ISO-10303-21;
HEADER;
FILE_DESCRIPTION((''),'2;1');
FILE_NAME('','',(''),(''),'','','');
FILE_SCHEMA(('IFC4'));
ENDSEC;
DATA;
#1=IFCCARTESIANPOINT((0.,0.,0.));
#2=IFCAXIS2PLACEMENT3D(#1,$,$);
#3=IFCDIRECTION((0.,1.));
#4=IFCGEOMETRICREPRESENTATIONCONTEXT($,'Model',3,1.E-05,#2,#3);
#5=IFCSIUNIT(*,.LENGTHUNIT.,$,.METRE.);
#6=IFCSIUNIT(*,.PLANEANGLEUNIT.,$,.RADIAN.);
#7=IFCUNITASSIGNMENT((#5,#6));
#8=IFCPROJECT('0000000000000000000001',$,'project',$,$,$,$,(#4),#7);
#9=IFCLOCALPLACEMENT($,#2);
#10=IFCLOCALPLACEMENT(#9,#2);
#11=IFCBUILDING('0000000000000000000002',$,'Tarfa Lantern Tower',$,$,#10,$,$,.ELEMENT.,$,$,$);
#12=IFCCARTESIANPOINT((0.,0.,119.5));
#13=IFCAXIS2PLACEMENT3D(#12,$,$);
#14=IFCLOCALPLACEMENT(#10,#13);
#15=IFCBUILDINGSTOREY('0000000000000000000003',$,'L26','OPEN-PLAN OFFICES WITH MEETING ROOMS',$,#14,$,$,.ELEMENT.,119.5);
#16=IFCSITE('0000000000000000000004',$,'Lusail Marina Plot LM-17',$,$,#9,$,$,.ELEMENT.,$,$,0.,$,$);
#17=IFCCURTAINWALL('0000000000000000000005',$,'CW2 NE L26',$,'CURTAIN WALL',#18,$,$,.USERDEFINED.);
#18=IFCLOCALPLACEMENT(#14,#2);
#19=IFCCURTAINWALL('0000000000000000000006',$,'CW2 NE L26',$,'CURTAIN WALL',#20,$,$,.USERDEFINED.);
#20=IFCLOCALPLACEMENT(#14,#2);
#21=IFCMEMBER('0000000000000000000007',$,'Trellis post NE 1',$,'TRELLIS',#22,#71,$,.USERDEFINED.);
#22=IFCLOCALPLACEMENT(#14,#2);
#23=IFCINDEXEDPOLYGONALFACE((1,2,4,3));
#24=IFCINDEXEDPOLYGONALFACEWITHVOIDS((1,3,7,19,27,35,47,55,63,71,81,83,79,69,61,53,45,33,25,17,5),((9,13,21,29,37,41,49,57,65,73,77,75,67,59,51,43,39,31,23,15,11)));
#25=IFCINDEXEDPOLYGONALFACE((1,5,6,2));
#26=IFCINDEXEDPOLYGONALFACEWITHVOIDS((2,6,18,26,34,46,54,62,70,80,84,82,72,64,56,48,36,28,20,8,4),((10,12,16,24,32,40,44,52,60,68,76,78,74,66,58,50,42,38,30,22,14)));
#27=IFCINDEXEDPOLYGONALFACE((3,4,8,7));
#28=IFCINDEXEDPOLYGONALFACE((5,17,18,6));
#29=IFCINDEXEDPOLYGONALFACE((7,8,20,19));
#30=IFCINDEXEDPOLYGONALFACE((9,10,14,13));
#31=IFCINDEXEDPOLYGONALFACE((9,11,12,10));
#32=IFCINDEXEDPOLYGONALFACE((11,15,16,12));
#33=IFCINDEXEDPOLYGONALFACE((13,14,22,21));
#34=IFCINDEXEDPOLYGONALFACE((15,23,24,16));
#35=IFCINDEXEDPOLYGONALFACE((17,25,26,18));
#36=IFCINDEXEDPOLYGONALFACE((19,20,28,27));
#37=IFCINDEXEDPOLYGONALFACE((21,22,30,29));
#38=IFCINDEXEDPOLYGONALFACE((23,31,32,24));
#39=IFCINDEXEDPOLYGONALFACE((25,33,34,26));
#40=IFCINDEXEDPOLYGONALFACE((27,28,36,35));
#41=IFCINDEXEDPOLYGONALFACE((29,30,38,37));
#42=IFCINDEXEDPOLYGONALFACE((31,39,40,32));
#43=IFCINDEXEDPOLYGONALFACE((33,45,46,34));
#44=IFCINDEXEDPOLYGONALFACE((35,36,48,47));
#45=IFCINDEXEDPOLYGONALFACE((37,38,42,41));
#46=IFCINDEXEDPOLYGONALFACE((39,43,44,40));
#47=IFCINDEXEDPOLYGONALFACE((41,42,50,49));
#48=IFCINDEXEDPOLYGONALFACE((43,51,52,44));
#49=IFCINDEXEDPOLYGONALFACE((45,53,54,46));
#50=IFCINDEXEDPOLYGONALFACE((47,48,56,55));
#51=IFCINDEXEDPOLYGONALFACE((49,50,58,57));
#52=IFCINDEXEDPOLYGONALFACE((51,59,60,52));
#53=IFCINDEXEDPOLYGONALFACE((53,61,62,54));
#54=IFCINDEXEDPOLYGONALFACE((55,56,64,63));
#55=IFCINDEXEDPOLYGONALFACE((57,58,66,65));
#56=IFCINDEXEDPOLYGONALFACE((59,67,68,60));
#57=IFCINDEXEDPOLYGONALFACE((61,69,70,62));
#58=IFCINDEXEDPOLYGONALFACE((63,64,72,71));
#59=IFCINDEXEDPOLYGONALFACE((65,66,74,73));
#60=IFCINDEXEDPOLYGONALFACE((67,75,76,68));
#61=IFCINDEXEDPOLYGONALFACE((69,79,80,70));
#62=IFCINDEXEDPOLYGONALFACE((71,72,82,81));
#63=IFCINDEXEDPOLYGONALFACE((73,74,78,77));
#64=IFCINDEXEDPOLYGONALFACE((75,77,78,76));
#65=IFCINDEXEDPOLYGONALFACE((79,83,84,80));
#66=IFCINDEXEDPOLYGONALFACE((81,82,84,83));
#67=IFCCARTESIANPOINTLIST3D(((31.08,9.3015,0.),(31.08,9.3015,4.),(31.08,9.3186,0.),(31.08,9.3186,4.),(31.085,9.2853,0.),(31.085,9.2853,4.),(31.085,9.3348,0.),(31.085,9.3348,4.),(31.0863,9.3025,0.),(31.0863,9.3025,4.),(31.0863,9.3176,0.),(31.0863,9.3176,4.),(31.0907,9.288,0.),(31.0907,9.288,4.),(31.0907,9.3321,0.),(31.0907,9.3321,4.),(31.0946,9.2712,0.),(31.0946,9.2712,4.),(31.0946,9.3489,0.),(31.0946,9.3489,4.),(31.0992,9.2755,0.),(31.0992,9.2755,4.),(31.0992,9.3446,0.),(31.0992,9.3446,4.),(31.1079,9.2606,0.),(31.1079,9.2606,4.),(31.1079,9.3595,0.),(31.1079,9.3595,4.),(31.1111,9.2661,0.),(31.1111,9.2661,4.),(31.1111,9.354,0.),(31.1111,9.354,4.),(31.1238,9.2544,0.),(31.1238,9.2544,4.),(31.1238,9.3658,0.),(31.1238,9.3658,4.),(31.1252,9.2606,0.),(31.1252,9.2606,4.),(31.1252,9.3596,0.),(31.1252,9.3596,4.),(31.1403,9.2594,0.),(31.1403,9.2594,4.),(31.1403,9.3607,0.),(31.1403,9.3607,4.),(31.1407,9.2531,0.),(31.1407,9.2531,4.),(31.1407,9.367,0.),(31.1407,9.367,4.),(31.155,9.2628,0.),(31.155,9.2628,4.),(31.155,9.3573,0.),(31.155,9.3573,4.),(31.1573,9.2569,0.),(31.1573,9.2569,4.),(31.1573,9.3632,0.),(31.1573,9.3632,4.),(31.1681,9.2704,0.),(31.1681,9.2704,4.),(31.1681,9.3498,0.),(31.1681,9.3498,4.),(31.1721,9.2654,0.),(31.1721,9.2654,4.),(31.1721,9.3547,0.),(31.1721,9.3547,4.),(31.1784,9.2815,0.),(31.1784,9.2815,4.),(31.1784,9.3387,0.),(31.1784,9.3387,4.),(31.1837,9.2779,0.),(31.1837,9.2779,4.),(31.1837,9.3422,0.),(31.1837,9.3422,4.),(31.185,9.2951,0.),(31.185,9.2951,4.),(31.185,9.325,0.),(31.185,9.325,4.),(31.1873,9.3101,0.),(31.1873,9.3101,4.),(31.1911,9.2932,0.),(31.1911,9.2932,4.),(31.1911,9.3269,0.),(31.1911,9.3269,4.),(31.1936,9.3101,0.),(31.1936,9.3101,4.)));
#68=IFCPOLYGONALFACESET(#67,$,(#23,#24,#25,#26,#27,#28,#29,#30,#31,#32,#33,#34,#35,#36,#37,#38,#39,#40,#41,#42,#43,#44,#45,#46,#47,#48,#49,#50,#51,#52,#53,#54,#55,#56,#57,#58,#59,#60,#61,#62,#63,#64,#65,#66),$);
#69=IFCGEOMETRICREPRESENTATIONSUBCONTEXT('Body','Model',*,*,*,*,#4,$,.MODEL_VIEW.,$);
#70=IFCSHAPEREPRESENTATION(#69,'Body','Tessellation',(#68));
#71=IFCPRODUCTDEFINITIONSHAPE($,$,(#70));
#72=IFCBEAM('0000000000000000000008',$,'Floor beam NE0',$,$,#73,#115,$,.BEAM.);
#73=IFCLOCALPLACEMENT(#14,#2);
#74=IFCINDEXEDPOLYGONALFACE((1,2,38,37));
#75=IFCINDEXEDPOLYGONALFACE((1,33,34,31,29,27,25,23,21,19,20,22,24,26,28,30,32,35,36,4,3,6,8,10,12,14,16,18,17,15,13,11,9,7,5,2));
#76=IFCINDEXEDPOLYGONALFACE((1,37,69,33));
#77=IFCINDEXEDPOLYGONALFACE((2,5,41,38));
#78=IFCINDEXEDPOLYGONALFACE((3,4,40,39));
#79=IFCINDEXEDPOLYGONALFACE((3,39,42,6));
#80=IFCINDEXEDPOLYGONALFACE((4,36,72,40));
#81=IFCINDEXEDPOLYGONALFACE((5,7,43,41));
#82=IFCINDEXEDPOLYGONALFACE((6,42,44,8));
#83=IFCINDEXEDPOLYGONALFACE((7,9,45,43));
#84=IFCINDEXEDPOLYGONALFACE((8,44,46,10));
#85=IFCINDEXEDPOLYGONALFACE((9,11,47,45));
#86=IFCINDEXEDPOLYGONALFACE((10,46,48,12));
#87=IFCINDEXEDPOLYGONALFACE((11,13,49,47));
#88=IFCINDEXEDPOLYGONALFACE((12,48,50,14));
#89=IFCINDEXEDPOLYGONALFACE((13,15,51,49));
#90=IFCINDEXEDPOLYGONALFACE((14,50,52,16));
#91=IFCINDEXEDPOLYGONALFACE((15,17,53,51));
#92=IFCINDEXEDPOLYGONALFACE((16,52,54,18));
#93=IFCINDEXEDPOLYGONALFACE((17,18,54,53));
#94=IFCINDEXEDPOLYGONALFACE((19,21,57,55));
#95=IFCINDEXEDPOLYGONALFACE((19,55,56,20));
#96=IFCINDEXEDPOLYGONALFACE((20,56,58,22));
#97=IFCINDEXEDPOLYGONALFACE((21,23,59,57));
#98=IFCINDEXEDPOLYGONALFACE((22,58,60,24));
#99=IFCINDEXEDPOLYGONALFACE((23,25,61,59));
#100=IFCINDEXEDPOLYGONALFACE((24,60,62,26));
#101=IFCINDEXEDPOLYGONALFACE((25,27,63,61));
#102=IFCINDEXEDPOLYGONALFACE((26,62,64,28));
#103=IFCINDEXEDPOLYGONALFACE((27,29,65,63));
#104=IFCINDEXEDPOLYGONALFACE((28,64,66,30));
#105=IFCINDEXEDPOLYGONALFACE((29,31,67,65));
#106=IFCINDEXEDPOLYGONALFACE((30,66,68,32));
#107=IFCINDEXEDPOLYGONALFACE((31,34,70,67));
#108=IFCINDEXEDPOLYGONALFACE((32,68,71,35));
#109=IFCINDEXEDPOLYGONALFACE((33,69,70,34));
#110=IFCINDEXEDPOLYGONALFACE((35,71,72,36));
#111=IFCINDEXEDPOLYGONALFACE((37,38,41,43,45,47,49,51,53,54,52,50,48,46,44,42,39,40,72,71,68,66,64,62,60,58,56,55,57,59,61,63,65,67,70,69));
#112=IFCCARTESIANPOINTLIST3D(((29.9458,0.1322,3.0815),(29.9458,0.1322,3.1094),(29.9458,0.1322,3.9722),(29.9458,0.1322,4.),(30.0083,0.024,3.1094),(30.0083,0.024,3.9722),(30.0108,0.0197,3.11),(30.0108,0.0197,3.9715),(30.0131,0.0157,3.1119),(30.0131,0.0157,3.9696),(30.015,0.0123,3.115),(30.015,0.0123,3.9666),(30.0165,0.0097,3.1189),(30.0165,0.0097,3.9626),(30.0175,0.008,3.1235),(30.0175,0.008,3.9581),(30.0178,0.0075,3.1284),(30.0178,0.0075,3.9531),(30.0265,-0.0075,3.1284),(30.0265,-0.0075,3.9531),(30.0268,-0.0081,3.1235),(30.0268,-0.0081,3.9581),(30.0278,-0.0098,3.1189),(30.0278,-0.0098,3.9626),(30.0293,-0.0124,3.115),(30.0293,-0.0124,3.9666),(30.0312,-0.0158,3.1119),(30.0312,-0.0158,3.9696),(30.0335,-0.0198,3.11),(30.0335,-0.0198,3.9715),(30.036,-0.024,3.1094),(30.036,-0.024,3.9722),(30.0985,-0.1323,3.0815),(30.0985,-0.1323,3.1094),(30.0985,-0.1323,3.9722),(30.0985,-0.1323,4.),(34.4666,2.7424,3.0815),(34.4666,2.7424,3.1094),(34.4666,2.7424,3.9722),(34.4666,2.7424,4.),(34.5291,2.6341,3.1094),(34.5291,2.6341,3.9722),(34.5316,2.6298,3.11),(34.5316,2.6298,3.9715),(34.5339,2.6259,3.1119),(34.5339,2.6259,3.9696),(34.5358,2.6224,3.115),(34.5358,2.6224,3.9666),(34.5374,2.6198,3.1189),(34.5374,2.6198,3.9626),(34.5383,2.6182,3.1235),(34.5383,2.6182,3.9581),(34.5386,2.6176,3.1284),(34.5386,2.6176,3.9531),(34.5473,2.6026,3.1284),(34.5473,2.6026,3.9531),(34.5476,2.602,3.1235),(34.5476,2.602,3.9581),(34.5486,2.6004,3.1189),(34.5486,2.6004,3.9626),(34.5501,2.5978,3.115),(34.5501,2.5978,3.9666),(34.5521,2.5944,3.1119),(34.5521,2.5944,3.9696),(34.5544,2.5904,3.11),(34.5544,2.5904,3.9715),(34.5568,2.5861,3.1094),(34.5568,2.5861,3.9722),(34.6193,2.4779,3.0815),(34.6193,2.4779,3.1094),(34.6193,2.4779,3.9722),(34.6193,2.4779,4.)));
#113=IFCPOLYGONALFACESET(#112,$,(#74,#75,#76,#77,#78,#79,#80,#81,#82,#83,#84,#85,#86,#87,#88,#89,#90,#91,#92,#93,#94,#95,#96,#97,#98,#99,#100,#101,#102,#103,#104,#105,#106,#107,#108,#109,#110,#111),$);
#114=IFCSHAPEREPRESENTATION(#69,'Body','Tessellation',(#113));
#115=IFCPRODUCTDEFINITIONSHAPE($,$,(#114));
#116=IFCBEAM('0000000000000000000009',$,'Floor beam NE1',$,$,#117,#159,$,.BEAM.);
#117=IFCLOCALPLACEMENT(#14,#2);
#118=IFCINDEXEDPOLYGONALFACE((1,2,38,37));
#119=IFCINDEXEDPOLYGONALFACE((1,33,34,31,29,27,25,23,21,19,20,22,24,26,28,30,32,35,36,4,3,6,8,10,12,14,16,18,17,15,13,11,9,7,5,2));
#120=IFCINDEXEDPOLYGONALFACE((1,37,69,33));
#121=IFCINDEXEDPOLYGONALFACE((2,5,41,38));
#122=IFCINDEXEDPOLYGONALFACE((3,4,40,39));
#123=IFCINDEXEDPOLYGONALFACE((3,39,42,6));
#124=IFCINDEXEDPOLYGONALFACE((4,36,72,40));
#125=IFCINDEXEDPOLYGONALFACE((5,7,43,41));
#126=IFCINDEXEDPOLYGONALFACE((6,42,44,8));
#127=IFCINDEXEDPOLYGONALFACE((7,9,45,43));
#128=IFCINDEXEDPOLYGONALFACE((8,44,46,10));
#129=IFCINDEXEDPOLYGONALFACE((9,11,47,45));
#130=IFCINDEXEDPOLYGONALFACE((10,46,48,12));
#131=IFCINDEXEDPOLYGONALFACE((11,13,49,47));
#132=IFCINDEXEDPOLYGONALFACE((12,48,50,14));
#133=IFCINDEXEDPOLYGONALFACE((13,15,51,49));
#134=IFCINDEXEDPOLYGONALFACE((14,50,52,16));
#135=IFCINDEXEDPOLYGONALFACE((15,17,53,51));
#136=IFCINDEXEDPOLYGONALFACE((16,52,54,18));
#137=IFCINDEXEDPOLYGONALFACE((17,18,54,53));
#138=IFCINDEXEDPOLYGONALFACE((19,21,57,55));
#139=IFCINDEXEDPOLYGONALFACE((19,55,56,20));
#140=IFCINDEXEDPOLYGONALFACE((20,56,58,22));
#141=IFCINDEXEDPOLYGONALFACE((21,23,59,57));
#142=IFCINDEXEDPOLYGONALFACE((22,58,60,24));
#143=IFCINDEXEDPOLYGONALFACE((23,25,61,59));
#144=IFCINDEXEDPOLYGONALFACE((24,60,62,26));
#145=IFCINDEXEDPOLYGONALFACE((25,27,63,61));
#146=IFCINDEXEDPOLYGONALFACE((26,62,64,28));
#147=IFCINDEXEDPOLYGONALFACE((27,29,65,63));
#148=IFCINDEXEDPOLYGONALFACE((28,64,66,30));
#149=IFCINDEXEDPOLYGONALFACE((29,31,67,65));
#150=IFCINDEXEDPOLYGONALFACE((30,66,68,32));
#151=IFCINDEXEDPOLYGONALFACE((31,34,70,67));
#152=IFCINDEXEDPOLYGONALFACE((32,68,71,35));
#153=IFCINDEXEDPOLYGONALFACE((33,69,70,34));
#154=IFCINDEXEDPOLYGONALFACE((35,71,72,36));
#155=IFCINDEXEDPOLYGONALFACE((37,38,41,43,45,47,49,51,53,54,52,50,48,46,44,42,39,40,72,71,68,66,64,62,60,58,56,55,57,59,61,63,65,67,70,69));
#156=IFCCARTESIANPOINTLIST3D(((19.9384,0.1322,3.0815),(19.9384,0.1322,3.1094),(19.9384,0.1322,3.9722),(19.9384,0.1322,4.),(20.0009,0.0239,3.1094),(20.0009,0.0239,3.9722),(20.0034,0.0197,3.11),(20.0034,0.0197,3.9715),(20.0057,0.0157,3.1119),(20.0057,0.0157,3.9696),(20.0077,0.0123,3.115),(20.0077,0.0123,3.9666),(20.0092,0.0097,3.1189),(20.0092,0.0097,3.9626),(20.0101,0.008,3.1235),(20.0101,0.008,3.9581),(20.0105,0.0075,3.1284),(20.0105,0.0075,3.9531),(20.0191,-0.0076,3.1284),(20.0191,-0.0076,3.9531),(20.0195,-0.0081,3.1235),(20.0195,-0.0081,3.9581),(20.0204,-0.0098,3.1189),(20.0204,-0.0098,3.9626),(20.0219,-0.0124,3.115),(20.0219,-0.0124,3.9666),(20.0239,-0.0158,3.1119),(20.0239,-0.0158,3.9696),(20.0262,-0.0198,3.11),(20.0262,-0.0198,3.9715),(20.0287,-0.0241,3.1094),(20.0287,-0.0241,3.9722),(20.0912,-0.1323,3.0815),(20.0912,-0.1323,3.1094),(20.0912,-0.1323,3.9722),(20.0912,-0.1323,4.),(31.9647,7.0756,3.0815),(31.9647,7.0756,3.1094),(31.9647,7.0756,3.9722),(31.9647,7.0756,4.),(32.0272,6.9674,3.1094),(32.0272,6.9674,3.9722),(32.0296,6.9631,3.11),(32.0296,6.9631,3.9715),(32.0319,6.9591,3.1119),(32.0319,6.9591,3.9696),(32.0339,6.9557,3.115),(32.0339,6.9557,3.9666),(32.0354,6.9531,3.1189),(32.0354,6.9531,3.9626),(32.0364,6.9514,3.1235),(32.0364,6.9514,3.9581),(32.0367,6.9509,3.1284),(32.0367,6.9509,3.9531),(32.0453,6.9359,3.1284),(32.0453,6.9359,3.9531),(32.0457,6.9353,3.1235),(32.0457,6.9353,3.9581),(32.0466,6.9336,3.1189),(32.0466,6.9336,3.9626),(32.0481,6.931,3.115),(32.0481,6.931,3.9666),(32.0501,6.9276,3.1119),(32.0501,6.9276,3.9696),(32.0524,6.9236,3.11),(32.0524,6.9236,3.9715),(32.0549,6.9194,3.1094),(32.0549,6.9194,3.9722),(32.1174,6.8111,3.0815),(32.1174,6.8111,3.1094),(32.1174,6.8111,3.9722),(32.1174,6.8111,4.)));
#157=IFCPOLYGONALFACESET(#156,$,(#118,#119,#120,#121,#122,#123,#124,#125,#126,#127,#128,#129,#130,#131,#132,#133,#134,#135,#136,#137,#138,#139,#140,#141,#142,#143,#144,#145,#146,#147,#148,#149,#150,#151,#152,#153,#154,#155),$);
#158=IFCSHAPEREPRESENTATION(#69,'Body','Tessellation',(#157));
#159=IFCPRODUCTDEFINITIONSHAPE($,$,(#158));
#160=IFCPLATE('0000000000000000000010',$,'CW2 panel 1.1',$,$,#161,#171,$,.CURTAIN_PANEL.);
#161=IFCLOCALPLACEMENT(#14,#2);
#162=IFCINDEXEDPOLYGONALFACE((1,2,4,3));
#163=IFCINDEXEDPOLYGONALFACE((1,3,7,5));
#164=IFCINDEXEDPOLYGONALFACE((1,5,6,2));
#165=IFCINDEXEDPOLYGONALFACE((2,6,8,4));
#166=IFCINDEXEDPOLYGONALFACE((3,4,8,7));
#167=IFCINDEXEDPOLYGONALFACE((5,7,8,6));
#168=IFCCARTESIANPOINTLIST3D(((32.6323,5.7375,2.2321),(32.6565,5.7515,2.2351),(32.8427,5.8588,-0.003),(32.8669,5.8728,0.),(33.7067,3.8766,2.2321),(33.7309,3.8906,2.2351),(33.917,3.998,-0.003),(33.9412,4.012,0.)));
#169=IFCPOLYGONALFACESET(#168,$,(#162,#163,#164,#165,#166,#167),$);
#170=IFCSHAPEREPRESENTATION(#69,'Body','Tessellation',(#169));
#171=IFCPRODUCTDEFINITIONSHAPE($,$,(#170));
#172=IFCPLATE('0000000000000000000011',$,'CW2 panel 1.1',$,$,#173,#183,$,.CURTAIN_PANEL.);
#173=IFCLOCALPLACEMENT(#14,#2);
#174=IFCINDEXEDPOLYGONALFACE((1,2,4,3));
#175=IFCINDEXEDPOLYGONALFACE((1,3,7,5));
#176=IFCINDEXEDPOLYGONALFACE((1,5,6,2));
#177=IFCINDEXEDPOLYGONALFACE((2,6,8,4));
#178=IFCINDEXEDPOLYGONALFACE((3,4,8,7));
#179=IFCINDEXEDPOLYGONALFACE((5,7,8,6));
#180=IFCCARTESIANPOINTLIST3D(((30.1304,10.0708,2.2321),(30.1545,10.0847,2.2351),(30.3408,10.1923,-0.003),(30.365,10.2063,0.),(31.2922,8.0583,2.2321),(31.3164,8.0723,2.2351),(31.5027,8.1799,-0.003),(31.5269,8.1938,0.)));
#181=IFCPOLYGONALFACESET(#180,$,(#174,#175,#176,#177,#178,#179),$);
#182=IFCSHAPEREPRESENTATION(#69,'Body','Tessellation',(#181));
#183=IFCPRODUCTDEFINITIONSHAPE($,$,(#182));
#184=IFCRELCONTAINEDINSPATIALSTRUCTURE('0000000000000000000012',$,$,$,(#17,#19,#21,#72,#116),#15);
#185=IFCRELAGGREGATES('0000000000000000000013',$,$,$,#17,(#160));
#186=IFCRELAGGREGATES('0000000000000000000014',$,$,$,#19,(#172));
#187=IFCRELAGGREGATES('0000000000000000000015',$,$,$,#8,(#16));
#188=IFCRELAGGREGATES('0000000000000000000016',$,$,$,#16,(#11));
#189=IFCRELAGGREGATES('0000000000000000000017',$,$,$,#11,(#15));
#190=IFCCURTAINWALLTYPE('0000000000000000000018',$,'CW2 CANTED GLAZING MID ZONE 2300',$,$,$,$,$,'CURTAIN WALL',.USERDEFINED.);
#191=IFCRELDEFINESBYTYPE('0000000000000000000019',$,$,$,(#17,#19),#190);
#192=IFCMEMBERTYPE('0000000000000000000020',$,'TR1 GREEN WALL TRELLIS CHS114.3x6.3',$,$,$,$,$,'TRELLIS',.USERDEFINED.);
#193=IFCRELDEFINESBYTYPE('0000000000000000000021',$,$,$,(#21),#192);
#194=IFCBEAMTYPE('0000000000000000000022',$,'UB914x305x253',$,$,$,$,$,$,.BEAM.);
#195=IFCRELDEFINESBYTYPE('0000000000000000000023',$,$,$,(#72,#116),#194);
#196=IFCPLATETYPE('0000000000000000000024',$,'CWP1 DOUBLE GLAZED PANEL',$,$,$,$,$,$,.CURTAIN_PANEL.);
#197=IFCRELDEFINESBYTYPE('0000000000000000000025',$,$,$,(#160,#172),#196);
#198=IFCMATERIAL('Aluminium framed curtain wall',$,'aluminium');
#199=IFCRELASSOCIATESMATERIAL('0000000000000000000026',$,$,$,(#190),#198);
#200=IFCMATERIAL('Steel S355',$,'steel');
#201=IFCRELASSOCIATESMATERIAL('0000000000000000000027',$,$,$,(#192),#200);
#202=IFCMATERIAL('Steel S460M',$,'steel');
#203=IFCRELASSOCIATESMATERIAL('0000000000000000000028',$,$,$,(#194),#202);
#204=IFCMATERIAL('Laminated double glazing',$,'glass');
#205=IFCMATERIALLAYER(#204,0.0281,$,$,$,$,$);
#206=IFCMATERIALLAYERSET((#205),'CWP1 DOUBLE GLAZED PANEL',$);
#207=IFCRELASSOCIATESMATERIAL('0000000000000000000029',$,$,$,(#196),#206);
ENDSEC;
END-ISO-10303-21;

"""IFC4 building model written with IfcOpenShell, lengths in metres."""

from ifc_helpers import new_model, si_unit, direction, frame, origin, origin_2d, place, context, subcontext, project, spatial, polyline, hollow_circle, i_section, outline, extrude, material, layer, layer_set, material_profile, profile_set, type_object, element, aggregate, save


model = new_model("IFC4")

# Units and contexts
model_context = context("Model", 3, precision=1e-05, world=origin(), true_north=direction((0.0, 1.0)))
body_context = subcontext(model_context, "Body", "Model", "MODEL_VIEW")
ifc_project = project(units=[si_unit("LENGTHUNIT", "METRE"), si_unit("PLANEANGLEUNIT", "RADIAN")], contexts=[model_context])

# Site, building, storey
site_placement = place(None, origin())
site = spatial("IfcSite", under=ifc_project, at=site_placement, Name="Lusail Marina Plot LM-17", CompositionType="ELEMENT", RefElevation=0.0)
building_placement = place(site_placement, origin())
building = spatial("IfcBuilding", under=site, at=building_placement, Name="Tarfa Lantern Tower", CompositionType="ELEMENT")
storey_placement = place(building_placement, frame((0.0, 0.0, 119.5)))
storey = spatial("IfcBuildingStorey", under=building, at=storey_placement, Name="L26", Description="OPEN-PLAN OFFICES WITH MEETING ROOMS", CompositionType="ELEMENT", Elevation=119.5)

# Curtain walls
ifc_material_1 = material(Name="Aluminium framed curtain wall", Category="aluminium")
curtain_wall_type_1 = type_object("IfcCurtainWallType", Name="CW2 CANTED GLAZING MID ZONE 2300", ElementType="CURTAIN WALL", PredefinedType="USERDEFINED", material=ifc_material_1)
curtain_wall_1_placement = place(storey_placement, origin())
curtain_wall_1 = element("IfcCurtainWall", 1, at=curtain_wall_1_placement, inside=storey, type_object=curtain_wall_type_1, Name="CW2 NE L26", ObjectType="CURTAIN WALL", PredefinedType="USERDEFINED")
curtain_wall_2_placement = place(storey_placement, origin())
curtain_wall_2 = element("IfcCurtainWall", 2, at=curtain_wall_2_placement, inside=storey, type_object=curtain_wall_type_1, Name="CW2 NE L26", ObjectType="CURTAIN WALL", PredefinedType="USERDEFINED")

# Member
ifc_material_2 = material(Name="Steel S355", Category="steel")
ifc_material_profile_1 = material_profile(ifc_material_2, hollow_circle(Radius=0.0571, WallThickness=0.0063, at=origin_2d()), Name="CHS114.3x6.3")
ifc_profile_set_1 = profile_set([ifc_material_profile_1], Name="Steel S355")
member_type_1 = type_object("IfcMemberType", Name="TR1 GREEN WALL TRELLIS CHS114.3x6.3", ElementType="TRELLIS", PredefinedType="USERDEFINED", material=ifc_profile_set_1)
member_1_placement = place(storey_placement, frame((31.1365, 9.3101, 0.0), z_axis=(0.0, 0.0, 1.0), x_axis=(1.0, 0.0, 0.0)))
element("IfcMember", 3, at=member_1_placement, inside=storey, type_object=member_type_1, Name="Trellis post NE 1", ObjectType="TRELLIS", PredefinedType="USERDEFINED", context=body_context, shape_type="SweptSolid", body=[
    extrude(hollow_circle(Radius=0.0571, WallThickness=0.0063, at=origin_2d()), origin(), (0.0, 0.0, 1.0), 4.0),
])

# Beams
ifc_material_3 = material(Name="Steel S460M", Category="steel")
ifc_material_profile_2 = material_profile(ifc_material_3, i_section(OverallWidth=0.3054, OverallDepth=0.9185, WebThickness=0.0173, FlangeThickness=0.0278, FilletRadius=0.019, at=origin_2d()), Name="UB914x305x253")
ifc_profile_set_2 = profile_set([ifc_material_profile_2], Name="Steel S460M")
beam_type_1 = type_object("IfcBeamType", Name="UB914x305x253", PredefinedType="BEAM", material=ifc_profile_set_2)
beam_1_placement = place(storey_placement, frame((34.543, 2.6101, 3.5408), z_axis=(-0.866021, -0.500007, 0.0), x_axis=(0.500007, -0.866021, 0.0)))
element("IfcBeam", 4, at=beam_1_placement, inside=storey, type_object=beam_type_1, Name="Floor beam NE0", PredefinedType="BEAM", context=body_context, shape_type="SweptSolid", body=[
    extrude(i_section(OverallWidth=0.3054, OverallDepth=0.9185, WebThickness=0.0173, FlangeThickness=0.0278, FilletRadius=0.019, at=origin_2d()), origin(), (0.0, 0.0, 1.0), 5.2202),
])
beam_2_placement = place(storey_placement, frame((32.041, 6.9434, 3.5408), z_axis=(-0.866023, -0.500004, 0.0), x_axis=(0.500004, -0.866023, 0.0)))
element("IfcBeam", 5, at=beam_2_placement, inside=storey, type_object=beam_type_1, Name="Floor beam NE1", PredefinedType="BEAM", context=body_context, shape_type="SweptSolid", body=[
    extrude(i_section(OverallWidth=0.3054, OverallDepth=0.9185, WebThickness=0.0173, FlangeThickness=0.0278, FilletRadius=0.019, at=origin_2d()), origin(), (0.0, 0.0, 1.0), 13.8867),
])

# Plates
ifc_material_4 = material(Name="Laminated double glazing", Category="glass")
ifc_layer_1 = layer(ifc_material_4, 0.0281)
ifc_layer_set_1 = layer_set([ifc_layer_1], Name="CWP1 DOUBLE GLAZED PANEL")
plate_type = type_object("IfcPlateType", Name="CWP1 DOUBLE GLAZED PANEL", PredefinedType="CURTAIN_PANEL", material=ifc_layer_set_1)
plate_1_placement = place(storey_placement, frame((33.9412, 4.012, 0.0), z_axis=(0.860963, 0.49707, 0.108003), x_axis=(-0.499994, 0.866029, -0.000005)))
plate_1 = element("IfcPlate", 6, at=plate_1_placement, type_object=plate_type, Name="CW2 panel 1.1", PredefinedType="CURTAIN_PANEL", context=body_context, shape_type="SweptSolid", body=[
    extrude(outline(polyline([(0.0, 0.0), (2.1486, 0.0), (2.1488, 2.2483), (0.0, 2.2482), (0.0, 0.0)])), origin(), (0.0, 0.0, -1.0), 0.0281),
])
aggregate(curtain_wall_1, [plate_1])
plate_2_placement = place(storey_placement, frame((31.5269, 8.1938, 0.0), z_axis=(0.860955, 0.497062, 0.108103), x_axis=(-0.499992, 0.86603, 0.0)))
plate_2 = element("IfcPlate", 7, at=plate_2_placement, type_object=plate_type, Name="CW2 panel 1.1", PredefinedType="CURTAIN_PANEL", context=body_context, shape_type="SweptSolid", body=[
    extrude(outline(polyline([(0.0, 0.0), (2.3238, 0.0), (2.3237, 2.2483), (-0.0001, 2.2483), (0.0, 0.0)])), origin(), (0.0, 0.0, -1.0), 0.0281),
])
aggregate(curtain_wall_2, [plate_2])

save(model, "model.ifc")
